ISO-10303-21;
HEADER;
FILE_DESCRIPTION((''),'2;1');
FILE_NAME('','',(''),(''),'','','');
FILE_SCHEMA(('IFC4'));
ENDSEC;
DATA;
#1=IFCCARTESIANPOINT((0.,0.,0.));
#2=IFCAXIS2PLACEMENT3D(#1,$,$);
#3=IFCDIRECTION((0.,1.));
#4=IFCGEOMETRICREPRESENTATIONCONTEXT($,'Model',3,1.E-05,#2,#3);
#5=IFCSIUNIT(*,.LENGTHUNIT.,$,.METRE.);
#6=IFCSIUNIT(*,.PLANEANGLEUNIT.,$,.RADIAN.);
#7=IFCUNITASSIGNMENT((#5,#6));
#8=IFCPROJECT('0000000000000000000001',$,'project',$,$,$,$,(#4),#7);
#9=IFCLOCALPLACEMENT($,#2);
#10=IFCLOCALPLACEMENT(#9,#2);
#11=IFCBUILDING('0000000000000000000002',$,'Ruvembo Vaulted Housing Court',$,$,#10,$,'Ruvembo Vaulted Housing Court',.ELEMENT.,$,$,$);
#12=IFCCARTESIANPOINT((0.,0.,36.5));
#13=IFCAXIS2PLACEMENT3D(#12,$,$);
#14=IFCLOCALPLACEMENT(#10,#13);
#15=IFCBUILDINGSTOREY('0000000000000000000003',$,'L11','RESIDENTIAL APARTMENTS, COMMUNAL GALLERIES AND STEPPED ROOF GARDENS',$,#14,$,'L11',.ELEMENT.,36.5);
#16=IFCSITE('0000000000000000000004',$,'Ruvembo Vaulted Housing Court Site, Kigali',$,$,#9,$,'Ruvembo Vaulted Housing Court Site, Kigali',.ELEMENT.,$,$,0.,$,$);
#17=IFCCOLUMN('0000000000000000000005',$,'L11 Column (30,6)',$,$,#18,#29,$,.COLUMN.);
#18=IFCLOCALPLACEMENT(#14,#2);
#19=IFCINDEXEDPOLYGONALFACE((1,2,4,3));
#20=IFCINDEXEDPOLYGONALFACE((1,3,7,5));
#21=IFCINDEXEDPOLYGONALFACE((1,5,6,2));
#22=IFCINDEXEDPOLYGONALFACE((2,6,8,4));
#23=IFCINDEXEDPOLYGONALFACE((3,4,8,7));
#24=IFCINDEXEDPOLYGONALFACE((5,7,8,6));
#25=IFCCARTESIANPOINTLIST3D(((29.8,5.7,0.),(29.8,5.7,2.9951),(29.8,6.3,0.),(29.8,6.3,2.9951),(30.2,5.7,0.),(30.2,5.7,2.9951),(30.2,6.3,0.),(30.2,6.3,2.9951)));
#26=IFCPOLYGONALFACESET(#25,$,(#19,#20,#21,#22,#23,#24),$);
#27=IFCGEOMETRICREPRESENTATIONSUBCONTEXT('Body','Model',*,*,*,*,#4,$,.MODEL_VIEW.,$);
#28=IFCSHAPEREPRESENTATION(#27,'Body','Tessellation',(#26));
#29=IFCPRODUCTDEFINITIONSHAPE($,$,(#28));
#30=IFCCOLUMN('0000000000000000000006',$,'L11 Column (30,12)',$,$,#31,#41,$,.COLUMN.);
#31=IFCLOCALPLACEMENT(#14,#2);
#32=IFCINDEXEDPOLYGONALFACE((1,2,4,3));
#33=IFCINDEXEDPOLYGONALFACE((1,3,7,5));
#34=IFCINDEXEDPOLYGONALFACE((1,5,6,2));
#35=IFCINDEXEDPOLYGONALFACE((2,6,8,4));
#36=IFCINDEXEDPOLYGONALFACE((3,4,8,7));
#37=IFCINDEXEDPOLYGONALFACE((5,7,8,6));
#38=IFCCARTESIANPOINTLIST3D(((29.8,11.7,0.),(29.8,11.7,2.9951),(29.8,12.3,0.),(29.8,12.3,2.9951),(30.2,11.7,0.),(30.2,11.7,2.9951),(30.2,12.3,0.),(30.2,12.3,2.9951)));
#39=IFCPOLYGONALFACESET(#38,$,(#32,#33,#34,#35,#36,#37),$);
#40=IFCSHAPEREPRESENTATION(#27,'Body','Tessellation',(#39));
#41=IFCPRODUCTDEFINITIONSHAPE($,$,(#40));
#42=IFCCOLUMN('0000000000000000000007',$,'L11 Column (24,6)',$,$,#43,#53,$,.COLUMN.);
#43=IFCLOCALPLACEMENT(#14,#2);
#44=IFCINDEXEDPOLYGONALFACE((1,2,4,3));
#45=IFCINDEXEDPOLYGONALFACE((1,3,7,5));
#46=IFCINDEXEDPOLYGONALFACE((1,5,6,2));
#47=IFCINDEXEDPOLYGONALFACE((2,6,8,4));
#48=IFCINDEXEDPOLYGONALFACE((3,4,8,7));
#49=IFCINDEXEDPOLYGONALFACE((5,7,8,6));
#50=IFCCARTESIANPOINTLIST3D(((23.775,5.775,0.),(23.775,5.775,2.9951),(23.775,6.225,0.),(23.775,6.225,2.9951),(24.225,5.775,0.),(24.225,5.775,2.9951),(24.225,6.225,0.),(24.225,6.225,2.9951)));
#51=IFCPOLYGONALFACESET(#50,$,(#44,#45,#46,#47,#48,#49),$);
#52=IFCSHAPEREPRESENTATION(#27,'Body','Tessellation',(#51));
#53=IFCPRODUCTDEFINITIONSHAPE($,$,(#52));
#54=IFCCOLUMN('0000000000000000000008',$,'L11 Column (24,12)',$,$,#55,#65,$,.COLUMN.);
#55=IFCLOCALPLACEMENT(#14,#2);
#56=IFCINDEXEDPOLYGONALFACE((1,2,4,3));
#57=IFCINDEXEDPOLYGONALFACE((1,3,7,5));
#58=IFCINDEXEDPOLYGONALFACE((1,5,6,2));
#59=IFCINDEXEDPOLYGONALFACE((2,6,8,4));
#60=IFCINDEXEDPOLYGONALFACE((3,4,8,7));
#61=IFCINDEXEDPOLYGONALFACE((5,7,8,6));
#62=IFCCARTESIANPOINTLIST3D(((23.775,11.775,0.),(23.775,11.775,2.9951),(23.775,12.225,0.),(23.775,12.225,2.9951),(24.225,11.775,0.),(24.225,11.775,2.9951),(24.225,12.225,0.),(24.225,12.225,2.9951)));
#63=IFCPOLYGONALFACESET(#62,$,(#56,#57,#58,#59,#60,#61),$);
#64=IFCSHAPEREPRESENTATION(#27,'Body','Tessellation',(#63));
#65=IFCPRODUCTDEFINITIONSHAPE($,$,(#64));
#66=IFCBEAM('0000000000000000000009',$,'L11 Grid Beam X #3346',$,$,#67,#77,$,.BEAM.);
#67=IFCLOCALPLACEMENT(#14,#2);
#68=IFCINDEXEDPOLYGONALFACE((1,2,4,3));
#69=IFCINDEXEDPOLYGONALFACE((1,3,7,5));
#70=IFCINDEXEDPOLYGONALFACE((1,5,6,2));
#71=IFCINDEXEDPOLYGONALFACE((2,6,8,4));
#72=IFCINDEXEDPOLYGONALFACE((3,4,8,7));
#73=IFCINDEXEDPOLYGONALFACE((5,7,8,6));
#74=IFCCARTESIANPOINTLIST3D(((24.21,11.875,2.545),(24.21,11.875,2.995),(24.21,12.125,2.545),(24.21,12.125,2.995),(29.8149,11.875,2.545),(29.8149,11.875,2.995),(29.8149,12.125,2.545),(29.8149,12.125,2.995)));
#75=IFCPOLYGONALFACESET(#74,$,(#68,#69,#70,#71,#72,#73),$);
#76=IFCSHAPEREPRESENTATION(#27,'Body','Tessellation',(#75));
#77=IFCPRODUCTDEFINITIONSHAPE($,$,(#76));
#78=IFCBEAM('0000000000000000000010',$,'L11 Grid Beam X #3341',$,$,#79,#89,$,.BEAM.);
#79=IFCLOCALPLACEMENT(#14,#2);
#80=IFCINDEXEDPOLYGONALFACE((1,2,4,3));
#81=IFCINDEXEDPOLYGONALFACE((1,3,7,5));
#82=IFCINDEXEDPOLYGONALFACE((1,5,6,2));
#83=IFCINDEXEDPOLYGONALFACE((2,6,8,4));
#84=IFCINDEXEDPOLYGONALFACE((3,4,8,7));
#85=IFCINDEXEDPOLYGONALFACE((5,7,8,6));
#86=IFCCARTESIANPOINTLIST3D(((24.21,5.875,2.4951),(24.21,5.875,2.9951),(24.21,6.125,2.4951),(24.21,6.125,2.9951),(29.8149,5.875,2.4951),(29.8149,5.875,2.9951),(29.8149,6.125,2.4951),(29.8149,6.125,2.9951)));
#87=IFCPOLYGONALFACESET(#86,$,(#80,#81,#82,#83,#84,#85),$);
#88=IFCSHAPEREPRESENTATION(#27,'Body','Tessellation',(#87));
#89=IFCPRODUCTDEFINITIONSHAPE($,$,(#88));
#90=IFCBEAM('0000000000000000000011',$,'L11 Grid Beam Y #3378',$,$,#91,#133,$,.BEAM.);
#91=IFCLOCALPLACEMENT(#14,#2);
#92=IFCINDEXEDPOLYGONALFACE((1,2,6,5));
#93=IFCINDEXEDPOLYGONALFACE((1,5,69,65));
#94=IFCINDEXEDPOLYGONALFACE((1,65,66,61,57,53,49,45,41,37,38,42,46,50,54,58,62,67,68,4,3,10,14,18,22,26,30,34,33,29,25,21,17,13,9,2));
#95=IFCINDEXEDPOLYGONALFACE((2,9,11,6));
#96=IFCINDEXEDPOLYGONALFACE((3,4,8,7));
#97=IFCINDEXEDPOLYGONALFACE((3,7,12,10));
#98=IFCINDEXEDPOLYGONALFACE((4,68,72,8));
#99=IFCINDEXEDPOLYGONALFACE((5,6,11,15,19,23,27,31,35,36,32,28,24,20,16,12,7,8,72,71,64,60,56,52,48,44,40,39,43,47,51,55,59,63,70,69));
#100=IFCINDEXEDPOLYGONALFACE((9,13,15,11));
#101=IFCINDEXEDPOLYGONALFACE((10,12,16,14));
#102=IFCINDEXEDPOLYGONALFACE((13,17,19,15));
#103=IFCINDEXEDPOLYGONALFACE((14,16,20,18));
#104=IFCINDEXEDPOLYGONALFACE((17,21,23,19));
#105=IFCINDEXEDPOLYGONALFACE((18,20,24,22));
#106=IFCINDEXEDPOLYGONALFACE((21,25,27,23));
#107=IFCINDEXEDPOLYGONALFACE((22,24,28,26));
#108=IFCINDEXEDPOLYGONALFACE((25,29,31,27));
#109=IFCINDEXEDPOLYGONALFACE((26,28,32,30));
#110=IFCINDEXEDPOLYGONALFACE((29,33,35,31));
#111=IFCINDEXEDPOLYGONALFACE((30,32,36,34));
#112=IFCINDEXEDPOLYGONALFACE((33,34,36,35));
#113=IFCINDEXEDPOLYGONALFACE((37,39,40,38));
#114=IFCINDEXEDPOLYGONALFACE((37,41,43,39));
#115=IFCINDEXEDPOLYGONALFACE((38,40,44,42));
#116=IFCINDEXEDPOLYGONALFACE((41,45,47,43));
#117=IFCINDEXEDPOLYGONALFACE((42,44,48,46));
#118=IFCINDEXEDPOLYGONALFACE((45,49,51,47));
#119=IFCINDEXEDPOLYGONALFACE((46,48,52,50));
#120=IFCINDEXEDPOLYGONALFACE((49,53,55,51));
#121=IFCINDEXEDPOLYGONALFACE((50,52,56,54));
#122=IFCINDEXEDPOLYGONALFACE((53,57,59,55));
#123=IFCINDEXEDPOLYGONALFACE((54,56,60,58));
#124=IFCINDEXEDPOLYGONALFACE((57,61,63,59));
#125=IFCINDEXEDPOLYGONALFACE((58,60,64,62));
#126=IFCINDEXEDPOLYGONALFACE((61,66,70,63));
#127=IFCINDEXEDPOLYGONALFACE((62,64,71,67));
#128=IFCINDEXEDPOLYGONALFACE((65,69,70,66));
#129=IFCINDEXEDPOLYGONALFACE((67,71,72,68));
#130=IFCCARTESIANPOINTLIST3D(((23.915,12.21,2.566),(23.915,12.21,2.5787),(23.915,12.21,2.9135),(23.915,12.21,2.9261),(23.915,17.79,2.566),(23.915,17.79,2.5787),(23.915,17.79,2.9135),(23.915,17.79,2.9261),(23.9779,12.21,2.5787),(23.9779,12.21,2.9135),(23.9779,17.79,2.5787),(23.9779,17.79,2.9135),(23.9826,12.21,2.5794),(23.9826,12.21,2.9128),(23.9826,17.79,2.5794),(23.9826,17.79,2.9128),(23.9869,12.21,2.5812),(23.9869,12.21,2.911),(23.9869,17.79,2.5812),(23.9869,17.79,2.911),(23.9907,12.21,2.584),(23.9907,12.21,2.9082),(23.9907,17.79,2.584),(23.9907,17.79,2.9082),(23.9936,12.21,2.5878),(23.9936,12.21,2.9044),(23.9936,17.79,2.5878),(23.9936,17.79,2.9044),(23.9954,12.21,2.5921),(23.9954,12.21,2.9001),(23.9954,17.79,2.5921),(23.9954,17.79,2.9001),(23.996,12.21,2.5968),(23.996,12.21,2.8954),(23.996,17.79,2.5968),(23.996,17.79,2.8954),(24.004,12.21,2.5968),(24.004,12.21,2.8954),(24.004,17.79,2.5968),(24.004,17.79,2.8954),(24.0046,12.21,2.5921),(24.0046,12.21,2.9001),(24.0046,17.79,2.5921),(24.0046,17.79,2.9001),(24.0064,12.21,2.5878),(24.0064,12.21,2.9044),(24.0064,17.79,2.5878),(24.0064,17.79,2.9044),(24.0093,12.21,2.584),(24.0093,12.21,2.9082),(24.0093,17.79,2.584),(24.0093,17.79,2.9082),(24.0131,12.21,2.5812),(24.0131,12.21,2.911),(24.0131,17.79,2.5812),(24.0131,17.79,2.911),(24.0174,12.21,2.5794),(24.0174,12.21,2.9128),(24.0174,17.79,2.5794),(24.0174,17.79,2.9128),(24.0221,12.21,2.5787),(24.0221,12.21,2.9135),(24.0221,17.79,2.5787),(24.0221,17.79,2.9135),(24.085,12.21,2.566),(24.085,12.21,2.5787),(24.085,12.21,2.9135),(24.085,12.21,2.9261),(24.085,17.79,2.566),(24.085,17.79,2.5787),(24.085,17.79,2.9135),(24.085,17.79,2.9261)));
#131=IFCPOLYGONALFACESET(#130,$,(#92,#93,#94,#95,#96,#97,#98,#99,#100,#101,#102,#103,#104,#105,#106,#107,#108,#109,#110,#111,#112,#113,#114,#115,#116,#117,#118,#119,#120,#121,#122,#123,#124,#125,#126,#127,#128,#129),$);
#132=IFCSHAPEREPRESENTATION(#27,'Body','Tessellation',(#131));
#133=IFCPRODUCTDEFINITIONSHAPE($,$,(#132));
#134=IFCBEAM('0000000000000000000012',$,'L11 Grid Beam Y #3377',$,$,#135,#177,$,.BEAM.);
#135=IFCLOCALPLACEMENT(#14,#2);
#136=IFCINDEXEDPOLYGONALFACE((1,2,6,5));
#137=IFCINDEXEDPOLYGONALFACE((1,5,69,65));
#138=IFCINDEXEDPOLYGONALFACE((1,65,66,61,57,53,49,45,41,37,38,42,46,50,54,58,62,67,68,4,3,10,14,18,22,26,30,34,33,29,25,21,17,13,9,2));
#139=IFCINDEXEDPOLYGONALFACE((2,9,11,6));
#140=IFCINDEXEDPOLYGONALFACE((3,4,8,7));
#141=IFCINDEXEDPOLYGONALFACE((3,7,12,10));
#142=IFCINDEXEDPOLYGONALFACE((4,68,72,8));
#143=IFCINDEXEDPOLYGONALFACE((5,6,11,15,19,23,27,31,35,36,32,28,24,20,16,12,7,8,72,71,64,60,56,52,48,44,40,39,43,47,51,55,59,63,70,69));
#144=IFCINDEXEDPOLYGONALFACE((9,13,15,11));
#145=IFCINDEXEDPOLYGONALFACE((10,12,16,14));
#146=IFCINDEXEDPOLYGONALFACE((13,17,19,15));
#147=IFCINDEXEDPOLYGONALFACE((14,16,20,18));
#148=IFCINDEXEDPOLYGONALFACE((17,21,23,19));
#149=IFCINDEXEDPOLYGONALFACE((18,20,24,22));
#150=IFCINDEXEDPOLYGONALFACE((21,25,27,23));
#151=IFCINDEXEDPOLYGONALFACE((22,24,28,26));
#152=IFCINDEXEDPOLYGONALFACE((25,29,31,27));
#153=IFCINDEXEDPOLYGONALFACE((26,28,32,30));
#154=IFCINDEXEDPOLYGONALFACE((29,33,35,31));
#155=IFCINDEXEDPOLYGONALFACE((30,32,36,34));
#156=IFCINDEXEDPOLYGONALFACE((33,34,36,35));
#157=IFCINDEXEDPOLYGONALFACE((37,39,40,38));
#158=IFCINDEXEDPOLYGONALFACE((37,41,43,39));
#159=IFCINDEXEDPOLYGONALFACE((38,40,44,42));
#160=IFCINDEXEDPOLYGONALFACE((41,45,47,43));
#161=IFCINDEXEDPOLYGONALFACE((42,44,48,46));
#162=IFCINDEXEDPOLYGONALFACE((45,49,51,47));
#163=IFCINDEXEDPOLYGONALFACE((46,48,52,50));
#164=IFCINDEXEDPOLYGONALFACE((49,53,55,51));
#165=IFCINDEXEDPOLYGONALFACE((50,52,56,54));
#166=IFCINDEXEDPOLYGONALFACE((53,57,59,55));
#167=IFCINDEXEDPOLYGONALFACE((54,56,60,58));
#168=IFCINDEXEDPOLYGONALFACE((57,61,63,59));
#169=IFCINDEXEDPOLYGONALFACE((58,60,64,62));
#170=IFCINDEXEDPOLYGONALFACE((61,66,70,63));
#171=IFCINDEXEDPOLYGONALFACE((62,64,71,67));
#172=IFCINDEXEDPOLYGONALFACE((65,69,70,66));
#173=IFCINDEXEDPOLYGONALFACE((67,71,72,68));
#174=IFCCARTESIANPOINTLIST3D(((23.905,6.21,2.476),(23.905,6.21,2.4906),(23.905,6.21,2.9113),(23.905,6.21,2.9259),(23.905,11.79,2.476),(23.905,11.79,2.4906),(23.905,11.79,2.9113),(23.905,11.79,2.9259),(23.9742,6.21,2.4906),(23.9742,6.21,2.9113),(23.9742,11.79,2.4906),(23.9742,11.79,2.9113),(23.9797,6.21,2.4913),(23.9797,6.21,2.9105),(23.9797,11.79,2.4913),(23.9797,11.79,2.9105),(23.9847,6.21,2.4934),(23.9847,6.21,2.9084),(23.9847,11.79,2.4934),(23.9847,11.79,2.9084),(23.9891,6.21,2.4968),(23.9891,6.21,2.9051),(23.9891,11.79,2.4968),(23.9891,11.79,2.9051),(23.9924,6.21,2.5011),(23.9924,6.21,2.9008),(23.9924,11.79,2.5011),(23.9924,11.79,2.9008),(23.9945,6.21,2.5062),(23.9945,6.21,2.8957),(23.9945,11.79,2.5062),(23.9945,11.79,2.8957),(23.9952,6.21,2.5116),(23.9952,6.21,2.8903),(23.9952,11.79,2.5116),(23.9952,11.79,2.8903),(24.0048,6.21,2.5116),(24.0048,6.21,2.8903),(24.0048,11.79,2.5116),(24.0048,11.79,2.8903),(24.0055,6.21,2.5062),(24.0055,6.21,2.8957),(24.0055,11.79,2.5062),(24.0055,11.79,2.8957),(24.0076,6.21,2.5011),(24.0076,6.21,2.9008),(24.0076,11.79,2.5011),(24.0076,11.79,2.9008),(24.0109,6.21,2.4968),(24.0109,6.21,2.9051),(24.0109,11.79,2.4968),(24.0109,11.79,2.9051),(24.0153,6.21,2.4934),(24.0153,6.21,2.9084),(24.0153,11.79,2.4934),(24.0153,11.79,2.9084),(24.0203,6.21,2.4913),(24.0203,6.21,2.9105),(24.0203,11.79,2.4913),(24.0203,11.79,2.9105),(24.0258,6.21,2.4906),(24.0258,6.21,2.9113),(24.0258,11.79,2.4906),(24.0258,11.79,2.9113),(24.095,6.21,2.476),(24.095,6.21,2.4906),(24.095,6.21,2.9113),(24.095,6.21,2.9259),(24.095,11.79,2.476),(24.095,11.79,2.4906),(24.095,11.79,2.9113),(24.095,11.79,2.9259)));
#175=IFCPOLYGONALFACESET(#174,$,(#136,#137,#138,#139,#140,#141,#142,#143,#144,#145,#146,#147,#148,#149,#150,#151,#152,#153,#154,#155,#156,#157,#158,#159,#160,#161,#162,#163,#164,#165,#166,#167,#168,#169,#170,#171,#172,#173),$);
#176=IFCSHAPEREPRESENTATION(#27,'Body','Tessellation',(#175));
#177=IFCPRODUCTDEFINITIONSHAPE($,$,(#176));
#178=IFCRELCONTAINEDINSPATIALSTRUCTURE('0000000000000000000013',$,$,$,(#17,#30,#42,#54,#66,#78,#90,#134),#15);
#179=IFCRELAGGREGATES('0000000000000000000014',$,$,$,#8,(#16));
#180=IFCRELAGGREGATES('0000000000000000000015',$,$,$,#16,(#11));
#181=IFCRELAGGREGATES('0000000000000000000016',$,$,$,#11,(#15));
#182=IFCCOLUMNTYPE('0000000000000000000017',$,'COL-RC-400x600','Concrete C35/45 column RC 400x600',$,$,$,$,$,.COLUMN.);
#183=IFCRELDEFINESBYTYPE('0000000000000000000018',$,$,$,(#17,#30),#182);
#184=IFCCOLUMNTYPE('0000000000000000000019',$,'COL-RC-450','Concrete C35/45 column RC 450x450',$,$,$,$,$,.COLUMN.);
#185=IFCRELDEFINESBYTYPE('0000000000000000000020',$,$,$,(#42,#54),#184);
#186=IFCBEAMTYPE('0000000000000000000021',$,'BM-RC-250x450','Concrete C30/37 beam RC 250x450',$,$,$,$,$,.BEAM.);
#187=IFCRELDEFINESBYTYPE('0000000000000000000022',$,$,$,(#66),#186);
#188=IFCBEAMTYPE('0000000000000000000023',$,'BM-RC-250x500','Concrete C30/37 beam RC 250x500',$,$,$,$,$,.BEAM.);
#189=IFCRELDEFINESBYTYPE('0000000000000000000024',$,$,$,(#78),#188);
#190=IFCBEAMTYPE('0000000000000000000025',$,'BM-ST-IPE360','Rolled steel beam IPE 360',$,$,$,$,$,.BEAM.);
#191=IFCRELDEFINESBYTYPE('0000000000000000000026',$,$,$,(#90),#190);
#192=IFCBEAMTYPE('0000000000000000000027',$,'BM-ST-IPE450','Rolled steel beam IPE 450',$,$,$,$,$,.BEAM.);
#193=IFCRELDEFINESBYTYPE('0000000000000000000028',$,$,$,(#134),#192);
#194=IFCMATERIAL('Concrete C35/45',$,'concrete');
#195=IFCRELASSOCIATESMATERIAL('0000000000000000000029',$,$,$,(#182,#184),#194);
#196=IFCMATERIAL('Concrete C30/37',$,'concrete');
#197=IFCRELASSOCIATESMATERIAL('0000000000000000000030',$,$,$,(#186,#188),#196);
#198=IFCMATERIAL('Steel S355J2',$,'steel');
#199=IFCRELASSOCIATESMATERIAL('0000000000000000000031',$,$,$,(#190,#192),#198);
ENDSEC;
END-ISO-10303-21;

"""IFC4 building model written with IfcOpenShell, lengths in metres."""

from ifc_helpers import new_model, si_unit, direction, frame, origin, origin_2d, place, context, subcontext, project, spatial, rectangle, i_section, extrude, material, material_profile, profile_set, type_object, element, save


model = new_model("IFC4")

# Units and contexts
model_context = context("Model", 3, precision=1e-05, world=origin(), true_north=direction((0.0, 1.0)))
body_context = subcontext(model_context, "Body", "Model", "MODEL_VIEW")
ifc_project = project(units=[si_unit("LENGTHUNIT", "METRE"), si_unit("PLANEANGLEUNIT", "RADIAN")], contexts=[model_context])

# Site, building, storey
site_placement = place(None, origin())
site = spatial("IfcSite", under=ifc_project, at=site_placement, Name="Ruvembo Vaulted Housing Court Site, Kigali", LongName="Ruvembo Vaulted Housing Court Site, Kigali", CompositionType="ELEMENT", RefElevation=0.0)
building_placement = place(site_placement, origin())
building = spatial("IfcBuilding", under=site, at=building_placement, Name="Ruvembo Vaulted Housing Court", LongName="Ruvembo Vaulted Housing Court", CompositionType="ELEMENT")
storey_placement = place(building_placement, frame((0.0, 0.0, 36.5)))
storey = spatial("IfcBuildingStorey", under=building, at=storey_placement, Name="L11", Description="RESIDENTIAL APARTMENTS, COMMUNAL GALLERIES AND STEPPED ROOF GARDENS", LongName="L11", CompositionType="ELEMENT", Elevation=36.5)

# Columns
ifc_material_1 = material(Name="Concrete C35/45", Category="concrete")
ifc_material_profile_1 = material_profile(ifc_material_1, rectangle(XDim=0.3999, YDim=0.6001, at=origin_2d()), Name="RC 400x600")
ifc_profile_set_1 = profile_set([ifc_material_profile_1], Name="Concrete C35/45")
column_type_1 = type_object("IfcColumnType", Name="COL-RC-400x600", Description="Concrete C35/45 column RC 400x600", PredefinedType="COLUMN", material=ifc_profile_set_1)
for number, where, z_axis, x_axis, name in (
    (1, (30.0, 6.0, 0.0), (0.0, 0.0, 1.0), (1.0, 0.0, 0.0), "L11 Column (30,6)"),
    (2, (30.0, 12.0, 0.0), (0.0, 0.0, 1.0), (1.0, 0.0, 0.0), "L11 Column (30,12)"),
):
    element("IfcColumn", number, at=place(storey_placement, frame(where, z_axis=z_axis, x_axis=x_axis)), inside=storey, type_object=column_type_1, Name=name, PredefinedType="COLUMN", context=body_context, shape_type="SweptSolid", body=[
        extrude(rectangle(XDim=0.3999, YDim=0.6001, at=origin_2d()), origin(), (0.0, 0.0, 1.0), 2.9951),
    ])
ifc_material_profile_2 = material_profile(ifc_material_1, rectangle(XDim=0.45, YDim=0.45, at=origin_2d()), Name="RC 450x450")
ifc_profile_set_2 = profile_set([ifc_material_profile_2], Name="Concrete C35/45")
column_type_2 = type_object("IfcColumnType", Name="COL-RC-450", Description="Concrete C35/45 column RC 450x450", PredefinedType="COLUMN", material=ifc_profile_set_2)
for number, where, z_axis, x_axis, name in (
    (3, (24.0, 6.0, 0.0), (0.0, 0.0, 1.0), (1.0, 0.0, 0.0), "L11 Column (24,6)"),
    (4, (24.0, 12.0, 0.0), (0.0, 0.0, 1.0), (1.0, 0.0, 0.0), "L11 Column (24,12)"),
):
    element("IfcColumn", number, at=place(storey_placement, frame(where, z_axis=z_axis, x_axis=x_axis)), inside=storey, type_object=column_type_2, Name=name, PredefinedType="COLUMN", context=body_context, shape_type="SweptSolid", body=[
        extrude(rectangle(XDim=0.45, YDim=0.45, at=origin_2d()), origin(), (0.0, 0.0, 1.0), 2.9951),
    ])

# Beams
ifc_material_2 = material(Name="Concrete C30/37", Category="concrete")
ifc_material_profile_3 = material_profile(ifc_material_2, rectangle(XDim=0.25, YDim=0.45, at=origin_2d()), Name="RC 250x450")
ifc_profile_set_3 = profile_set([ifc_material_profile_3], Name="Concrete C30/37")
beam_type_1 = type_object("IfcBeamType", Name="BM-RC-250x450", Description="Concrete C30/37 beam RC 250x450", PredefinedType="BEAM", material=ifc_profile_set_3)
beam_1_placement = place(storey_placement, frame((24.21, 12.0, 2.77), z_axis=(1.0, 0.0, 0.0), x_axis=(0.0, 1.0, 0.0)))
element("IfcBeam", 5, at=beam_1_placement, inside=storey, type_object=beam_type_1, Name="L11 Grid Beam X #3346", PredefinedType="BEAM", context=body_context, shape_type="SweptSolid", body=[
    extrude(rectangle(XDim=0.25, YDim=0.45, at=origin_2d()), origin(), (0.0, 0.0, 1.0), 5.605),
])
ifc_material_profile_4 = material_profile(ifc_material_2, rectangle(XDim=0.25, YDim=0.5, at=origin_2d()), Name="RC 250x500")
ifc_profile_set_4 = profile_set([ifc_material_profile_4], Name="Concrete C30/37")
beam_type_2 = type_object("IfcBeamType", Name="BM-RC-250x500", Description="Concrete C30/37 beam RC 250x500", PredefinedType="BEAM", material=ifc_profile_set_4)
beam_2_placement = place(storey_placement, frame((24.21, 6.0, 2.7451), z_axis=(1.0, 0.0, 0.0), x_axis=(0.0, 1.0, 0.0)))
element("IfcBeam", 6, at=beam_2_placement, inside=storey, type_object=beam_type_2, Name="L11 Grid Beam X #3341", PredefinedType="BEAM", context=body_context, shape_type="SweptSolid", body=[
    extrude(rectangle(XDim=0.25, YDim=0.5, at=origin_2d()), origin(), (0.0, 0.0, 1.0), 5.605),
])
ifc_material_3 = material(Name="Steel S355J2", Category="steel")
ifc_material_profile_5 = material_profile(ifc_material_3, i_section(OverallWidth=0.1699, OverallDepth=0.3601, WebThickness=0.0081, FlangeThickness=0.0127, FilletRadius=0.0181, at=origin_2d()), Name="IPE 360")
ifc_profile_set_5 = profile_set([ifc_material_profile_5], Name="Steel S355J2")
beam_type_3 = type_object("IfcBeamType", Name="BM-ST-IPE360", Description="Rolled steel beam IPE 360", PredefinedType="BEAM", material=ifc_profile_set_5)
beam_3_placement = place(storey_placement, frame((24.0, 12.21, 2.7461), z_axis=(0.0, 1.0, 0.0), x_axis=(-1.0, 0.0, 0.0)))
element("IfcBeam", 7, at=beam_3_placement, inside=storey, type_object=beam_type_3, Name="L11 Grid Beam Y #3378", PredefinedType="BEAM", context=body_context, shape_type="SweptSolid", body=[
    extrude(i_section(OverallWidth=0.1699, OverallDepth=0.3601, WebThickness=0.0081, FlangeThickness=0.0127, FilletRadius=0.0181, at=origin_2d()), origin(), (0.0, 0.0, 1.0), 5.5801),
])
ifc_material_profile_6 = material_profile(ifc_material_3, i_section(OverallWidth=0.1899, OverallDepth=0.45, WebThickness=0.0095, FlangeThickness=0.0146, FilletRadius=0.021, at=origin_2d()), Name="IPE 450")
ifc_profile_set_6 = profile_set([ifc_material_profile_6], Name="Steel S355J2")
beam_type_4 = type_object("IfcBeamType", Name="BM-ST-IPE450", Description="Rolled steel beam IPE 450", PredefinedType="BEAM", material=ifc_profile_set_6)
beam_4_placement = place(storey_placement, frame((24.0, 6.21, 2.7009), z_axis=(0.0, 1.0, 0.0), x_axis=(-1.0, 0.0, 0.0)))
element("IfcBeam", 8, at=beam_4_placement, inside=storey, type_object=beam_type_4, Name="L11 Grid Beam Y #3377", PredefinedType="BEAM", context=body_context, shape_type="SweptSolid", body=[
    extrude(i_section(OverallWidth=0.1899, OverallDepth=0.45, WebThickness=0.0095, FlangeThickness=0.0146, FilletRadius=0.021, at=origin_2d()), origin(), (0.0, 0.0, 1.0), 5.5801),
])

save(model, "model.ifc")
